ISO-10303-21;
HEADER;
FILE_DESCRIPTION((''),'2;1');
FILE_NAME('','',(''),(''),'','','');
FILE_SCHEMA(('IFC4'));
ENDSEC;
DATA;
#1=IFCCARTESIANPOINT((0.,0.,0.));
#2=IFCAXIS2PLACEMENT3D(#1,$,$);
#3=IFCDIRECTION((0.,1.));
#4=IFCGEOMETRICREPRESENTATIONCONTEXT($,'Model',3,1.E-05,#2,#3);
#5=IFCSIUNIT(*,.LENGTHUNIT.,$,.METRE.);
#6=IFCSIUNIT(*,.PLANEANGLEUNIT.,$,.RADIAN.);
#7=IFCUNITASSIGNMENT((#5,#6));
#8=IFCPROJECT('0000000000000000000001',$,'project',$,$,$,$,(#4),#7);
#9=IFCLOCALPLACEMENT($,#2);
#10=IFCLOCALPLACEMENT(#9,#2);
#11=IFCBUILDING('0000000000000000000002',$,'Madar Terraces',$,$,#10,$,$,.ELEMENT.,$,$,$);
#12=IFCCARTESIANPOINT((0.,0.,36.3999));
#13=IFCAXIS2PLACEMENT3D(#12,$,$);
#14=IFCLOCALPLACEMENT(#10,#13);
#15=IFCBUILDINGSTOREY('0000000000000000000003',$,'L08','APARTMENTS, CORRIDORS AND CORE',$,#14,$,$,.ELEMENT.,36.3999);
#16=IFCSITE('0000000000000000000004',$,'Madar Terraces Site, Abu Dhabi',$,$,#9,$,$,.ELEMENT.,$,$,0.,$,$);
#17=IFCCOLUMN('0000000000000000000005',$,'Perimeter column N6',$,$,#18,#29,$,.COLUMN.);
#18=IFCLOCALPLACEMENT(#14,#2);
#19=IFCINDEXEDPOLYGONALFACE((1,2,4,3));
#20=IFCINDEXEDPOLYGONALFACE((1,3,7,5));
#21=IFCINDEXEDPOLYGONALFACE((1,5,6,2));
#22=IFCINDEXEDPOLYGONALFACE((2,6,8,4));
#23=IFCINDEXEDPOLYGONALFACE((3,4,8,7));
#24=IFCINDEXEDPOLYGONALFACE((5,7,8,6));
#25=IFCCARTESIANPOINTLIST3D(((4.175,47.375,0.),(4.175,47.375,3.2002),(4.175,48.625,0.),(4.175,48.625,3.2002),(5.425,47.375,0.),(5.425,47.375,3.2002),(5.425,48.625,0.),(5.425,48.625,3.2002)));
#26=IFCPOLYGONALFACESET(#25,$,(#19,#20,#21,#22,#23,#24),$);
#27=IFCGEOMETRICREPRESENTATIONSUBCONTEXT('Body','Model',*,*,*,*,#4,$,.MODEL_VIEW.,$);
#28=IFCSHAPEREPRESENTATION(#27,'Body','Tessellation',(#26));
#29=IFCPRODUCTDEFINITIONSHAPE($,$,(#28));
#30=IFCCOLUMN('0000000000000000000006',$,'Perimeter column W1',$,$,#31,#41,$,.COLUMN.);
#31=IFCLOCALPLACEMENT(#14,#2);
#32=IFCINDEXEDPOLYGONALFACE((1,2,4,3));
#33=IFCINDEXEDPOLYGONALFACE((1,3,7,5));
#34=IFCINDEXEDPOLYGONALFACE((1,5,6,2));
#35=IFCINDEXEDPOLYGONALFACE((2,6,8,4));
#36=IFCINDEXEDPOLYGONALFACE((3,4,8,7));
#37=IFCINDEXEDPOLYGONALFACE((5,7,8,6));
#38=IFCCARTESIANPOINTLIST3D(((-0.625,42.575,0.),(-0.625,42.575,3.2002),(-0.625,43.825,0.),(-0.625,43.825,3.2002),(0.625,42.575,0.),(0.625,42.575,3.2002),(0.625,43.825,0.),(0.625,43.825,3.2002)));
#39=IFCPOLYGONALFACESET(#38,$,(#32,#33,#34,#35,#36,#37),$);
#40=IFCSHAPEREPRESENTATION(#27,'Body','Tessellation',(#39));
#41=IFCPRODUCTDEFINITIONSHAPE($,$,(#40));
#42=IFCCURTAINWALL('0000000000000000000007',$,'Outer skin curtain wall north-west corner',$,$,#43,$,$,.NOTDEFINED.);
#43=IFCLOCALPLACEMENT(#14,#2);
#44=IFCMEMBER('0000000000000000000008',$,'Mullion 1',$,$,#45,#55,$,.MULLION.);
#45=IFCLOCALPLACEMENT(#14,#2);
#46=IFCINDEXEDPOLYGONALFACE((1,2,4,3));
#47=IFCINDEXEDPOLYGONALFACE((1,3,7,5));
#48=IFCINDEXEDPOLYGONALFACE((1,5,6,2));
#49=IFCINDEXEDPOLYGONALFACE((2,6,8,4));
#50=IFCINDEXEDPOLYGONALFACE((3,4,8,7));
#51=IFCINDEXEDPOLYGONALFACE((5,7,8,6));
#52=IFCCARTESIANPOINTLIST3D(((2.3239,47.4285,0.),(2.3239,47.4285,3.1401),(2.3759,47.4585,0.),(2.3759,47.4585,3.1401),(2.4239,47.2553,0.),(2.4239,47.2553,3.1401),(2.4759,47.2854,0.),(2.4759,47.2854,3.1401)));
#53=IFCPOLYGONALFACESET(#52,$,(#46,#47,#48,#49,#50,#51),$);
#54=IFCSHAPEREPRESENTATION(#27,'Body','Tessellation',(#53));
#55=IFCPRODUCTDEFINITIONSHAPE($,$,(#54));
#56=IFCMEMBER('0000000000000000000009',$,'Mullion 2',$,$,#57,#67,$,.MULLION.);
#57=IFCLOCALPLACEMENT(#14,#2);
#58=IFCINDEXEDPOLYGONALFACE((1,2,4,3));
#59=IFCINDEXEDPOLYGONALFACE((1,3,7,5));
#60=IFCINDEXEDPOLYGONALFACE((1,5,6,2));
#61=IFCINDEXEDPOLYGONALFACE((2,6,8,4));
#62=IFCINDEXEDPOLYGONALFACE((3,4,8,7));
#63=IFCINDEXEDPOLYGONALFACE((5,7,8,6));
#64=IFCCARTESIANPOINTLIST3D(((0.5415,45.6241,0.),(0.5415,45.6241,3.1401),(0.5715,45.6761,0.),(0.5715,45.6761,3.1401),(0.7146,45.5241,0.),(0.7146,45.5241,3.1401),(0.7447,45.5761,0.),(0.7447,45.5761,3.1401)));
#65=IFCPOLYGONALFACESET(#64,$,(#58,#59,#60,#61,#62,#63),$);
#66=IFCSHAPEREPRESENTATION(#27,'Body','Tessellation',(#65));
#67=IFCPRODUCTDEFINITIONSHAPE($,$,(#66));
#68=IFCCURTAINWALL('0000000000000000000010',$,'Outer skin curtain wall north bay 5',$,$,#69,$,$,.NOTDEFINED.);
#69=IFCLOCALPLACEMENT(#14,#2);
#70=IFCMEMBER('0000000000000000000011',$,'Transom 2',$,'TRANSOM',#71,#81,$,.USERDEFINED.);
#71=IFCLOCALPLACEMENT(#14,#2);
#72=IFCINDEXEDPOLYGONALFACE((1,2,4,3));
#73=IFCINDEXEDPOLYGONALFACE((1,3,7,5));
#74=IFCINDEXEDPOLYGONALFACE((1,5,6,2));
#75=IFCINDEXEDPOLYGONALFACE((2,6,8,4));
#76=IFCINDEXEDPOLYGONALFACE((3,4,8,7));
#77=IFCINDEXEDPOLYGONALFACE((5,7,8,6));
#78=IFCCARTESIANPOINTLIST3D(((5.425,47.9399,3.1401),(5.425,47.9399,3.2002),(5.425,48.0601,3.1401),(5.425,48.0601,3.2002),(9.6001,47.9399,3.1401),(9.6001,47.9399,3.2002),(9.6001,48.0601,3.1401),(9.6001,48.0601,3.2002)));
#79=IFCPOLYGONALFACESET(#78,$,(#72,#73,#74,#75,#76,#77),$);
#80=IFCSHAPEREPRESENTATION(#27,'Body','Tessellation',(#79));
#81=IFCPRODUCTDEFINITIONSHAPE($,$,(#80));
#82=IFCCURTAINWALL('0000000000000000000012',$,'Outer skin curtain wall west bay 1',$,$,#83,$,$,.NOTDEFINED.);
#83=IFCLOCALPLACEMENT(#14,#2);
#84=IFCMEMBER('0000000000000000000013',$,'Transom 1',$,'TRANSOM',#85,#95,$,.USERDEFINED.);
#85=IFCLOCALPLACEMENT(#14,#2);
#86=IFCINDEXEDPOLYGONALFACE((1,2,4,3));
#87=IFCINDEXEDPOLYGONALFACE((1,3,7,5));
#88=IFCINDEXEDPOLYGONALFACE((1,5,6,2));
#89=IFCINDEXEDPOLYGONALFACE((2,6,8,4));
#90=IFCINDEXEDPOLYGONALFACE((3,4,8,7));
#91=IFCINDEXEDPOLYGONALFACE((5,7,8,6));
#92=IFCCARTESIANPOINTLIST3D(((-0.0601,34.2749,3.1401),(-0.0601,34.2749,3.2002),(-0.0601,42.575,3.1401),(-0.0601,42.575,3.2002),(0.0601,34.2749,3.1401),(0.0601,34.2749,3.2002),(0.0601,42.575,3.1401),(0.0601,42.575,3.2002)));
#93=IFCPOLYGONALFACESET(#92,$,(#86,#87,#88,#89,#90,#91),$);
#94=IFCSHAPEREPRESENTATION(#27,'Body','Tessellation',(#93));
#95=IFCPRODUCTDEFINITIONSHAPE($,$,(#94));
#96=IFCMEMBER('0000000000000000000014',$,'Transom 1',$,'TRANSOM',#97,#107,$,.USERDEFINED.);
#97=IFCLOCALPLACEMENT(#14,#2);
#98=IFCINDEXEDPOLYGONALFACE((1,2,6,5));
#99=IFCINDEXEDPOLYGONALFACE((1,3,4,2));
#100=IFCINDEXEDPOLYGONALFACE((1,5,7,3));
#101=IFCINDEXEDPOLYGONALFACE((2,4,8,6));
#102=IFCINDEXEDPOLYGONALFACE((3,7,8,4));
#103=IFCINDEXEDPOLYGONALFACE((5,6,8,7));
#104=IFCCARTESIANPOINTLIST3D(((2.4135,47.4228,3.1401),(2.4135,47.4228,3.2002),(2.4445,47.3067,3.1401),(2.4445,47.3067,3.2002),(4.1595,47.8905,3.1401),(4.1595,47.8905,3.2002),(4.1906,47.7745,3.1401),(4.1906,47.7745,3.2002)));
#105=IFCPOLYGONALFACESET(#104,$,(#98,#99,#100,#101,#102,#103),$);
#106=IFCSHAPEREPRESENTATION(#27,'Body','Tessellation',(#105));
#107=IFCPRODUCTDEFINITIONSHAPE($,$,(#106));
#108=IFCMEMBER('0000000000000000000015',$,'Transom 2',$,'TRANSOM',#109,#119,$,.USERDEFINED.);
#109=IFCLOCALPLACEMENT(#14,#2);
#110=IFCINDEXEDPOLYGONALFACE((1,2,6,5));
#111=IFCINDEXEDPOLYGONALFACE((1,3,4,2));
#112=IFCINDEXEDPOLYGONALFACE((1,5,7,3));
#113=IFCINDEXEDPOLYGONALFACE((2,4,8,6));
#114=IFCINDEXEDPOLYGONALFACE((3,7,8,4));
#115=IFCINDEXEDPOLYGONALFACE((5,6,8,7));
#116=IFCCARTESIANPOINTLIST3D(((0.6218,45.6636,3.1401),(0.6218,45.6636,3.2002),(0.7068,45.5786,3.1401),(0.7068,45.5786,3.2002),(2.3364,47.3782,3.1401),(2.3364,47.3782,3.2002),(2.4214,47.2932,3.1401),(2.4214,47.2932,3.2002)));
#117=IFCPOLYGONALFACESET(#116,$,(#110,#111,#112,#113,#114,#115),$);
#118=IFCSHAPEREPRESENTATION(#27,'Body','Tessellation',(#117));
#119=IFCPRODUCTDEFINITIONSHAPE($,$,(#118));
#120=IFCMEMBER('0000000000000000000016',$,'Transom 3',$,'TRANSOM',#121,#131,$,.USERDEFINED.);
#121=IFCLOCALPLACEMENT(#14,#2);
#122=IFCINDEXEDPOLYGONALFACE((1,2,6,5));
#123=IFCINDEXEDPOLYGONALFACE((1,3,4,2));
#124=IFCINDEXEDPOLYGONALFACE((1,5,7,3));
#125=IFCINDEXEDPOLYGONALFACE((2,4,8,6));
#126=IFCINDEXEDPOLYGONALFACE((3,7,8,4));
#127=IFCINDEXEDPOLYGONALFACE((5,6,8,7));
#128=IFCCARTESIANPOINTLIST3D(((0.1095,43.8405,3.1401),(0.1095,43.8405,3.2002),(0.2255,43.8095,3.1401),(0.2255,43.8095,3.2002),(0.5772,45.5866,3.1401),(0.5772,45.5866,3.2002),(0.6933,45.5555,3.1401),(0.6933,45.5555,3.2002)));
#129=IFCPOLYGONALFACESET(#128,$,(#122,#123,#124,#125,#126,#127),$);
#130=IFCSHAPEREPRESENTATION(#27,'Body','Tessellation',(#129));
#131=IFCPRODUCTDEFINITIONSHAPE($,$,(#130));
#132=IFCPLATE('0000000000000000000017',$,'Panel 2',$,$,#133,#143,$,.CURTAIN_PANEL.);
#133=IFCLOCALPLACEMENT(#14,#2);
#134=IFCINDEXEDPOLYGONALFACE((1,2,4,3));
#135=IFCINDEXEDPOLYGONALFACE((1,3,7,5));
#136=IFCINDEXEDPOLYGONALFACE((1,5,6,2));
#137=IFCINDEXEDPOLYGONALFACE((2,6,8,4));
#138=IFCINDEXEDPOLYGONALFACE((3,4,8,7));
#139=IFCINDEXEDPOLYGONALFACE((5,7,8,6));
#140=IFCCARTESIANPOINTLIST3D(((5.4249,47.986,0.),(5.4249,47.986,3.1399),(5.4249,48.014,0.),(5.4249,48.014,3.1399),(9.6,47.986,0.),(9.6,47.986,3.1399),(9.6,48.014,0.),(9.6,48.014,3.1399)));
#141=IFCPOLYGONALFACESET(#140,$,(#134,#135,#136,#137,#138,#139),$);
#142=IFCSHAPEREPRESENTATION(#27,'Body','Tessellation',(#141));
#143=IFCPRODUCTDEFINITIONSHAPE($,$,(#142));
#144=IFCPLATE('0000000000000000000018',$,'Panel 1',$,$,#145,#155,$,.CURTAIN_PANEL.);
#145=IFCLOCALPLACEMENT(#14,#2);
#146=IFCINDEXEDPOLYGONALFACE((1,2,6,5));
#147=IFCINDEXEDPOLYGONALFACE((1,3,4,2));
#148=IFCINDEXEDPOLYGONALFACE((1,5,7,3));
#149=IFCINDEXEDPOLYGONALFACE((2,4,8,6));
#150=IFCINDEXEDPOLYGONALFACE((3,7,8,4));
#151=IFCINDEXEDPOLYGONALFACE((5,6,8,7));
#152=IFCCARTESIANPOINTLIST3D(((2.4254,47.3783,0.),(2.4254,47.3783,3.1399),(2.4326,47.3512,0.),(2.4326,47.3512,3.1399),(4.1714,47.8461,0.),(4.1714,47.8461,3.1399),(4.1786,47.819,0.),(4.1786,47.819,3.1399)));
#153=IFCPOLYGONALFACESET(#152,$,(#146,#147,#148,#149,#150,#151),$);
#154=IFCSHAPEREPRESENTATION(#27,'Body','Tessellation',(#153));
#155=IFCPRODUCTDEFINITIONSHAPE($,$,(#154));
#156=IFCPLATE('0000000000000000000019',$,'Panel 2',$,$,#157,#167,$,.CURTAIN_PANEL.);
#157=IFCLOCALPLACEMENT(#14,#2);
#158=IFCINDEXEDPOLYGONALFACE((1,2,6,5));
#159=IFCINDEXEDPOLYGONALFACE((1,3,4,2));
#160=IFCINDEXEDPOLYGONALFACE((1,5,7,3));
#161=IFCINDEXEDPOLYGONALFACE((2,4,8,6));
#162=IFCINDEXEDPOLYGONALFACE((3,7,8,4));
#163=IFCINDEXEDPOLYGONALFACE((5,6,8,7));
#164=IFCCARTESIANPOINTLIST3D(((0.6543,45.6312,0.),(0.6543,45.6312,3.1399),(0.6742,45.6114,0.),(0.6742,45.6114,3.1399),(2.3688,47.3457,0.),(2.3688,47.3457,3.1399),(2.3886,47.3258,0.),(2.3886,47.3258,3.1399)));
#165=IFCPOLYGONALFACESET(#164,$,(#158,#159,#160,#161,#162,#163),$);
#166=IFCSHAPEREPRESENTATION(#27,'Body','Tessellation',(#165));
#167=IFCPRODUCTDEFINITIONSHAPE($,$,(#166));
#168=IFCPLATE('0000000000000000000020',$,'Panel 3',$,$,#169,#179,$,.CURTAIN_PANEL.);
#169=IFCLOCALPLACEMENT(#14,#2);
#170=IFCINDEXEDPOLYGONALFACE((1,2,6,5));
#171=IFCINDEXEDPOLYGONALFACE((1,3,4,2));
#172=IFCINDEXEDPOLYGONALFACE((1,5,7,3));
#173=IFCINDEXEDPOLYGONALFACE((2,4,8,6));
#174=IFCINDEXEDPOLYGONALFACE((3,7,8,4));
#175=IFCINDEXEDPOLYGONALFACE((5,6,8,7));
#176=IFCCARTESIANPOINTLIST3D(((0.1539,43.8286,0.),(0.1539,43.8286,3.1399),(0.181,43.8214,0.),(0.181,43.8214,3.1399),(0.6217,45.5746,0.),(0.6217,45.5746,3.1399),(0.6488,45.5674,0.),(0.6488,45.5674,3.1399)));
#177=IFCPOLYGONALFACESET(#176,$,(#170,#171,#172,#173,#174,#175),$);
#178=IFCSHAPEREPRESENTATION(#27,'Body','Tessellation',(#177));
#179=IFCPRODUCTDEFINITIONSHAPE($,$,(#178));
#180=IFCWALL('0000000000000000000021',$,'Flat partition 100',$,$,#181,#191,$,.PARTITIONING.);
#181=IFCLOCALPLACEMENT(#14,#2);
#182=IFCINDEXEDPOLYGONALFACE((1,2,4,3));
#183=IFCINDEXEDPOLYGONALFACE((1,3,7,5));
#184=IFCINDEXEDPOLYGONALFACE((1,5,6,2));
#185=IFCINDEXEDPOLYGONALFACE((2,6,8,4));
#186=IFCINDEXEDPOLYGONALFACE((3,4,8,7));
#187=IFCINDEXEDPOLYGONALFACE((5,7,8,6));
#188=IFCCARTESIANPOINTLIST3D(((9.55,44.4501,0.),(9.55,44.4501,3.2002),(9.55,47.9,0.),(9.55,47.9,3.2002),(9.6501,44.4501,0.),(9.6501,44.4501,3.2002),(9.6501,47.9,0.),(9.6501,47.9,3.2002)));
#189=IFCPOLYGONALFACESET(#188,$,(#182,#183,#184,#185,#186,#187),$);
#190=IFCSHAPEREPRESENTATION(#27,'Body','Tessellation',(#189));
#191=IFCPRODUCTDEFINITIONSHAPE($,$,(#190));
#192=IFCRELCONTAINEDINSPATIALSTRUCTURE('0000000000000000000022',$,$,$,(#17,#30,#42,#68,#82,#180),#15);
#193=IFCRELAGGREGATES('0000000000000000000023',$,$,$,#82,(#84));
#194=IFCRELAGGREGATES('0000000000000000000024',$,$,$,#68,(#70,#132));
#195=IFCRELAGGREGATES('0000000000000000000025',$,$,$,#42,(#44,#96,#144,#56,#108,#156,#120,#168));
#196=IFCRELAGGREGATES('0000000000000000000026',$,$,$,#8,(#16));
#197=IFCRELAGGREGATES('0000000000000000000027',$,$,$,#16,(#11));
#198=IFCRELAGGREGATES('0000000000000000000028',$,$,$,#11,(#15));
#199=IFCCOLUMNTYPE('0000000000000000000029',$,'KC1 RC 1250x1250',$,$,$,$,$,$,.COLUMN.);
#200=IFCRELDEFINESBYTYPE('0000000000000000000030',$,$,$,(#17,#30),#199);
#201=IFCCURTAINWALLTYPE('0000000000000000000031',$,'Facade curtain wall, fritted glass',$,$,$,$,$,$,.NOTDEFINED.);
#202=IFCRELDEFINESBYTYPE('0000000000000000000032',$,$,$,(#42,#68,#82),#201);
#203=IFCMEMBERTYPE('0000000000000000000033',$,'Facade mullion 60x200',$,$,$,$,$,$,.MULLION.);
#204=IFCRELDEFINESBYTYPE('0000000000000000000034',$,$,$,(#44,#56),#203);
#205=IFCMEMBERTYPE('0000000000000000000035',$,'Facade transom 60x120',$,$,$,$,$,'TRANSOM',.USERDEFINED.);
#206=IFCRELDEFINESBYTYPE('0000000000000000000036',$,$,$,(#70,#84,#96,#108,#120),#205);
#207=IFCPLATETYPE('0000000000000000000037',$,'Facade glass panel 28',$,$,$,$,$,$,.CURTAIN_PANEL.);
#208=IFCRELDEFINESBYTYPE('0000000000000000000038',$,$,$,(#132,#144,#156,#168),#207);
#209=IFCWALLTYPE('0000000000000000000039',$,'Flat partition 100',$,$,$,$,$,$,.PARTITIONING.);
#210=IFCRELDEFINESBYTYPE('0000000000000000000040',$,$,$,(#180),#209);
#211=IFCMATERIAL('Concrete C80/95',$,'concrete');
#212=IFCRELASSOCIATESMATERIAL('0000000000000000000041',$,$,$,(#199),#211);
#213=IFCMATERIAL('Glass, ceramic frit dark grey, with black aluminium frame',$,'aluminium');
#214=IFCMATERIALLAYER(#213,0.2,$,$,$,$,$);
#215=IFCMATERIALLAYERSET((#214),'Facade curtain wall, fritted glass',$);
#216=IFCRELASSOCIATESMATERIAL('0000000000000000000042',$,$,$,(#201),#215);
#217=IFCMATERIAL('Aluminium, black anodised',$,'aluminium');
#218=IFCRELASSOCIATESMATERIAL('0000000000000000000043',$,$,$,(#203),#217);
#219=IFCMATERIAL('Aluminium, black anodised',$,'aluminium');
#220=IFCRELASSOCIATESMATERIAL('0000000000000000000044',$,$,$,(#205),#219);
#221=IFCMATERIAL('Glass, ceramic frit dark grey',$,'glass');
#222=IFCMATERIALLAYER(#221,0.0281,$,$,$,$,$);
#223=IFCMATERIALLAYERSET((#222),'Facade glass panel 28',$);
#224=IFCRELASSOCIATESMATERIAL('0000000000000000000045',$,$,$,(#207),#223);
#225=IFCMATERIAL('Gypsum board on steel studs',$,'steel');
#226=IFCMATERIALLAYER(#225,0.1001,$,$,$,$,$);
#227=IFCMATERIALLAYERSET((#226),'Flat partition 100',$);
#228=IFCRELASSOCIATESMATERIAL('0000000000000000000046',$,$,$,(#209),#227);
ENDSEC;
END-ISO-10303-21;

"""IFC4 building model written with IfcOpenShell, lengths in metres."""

from ifc_helpers import new_model, si_unit, direction, frame, frame_2d, origin, origin_2d, place, context, subcontext, project, spatial, rectangle, extrude, material, layer, layer_set, material_profile, profile_set, type_object, element, aggregate, save


model = new_model("IFC4")

# Units and contexts
model_context = context("Model", 3, precision=1e-05, world=origin(), true_north=direction((0.0, 1.0)))
body_context = subcontext(model_context, "Body", "Model", "MODEL_VIEW")
ifc_project = project(units=[si_unit("LENGTHUNIT", "METRE"), si_unit("PLANEANGLEUNIT", "RADIAN")], contexts=[model_context])

# Site, building, storey
site_placement = place(None, origin())
site = spatial("IfcSite", under=ifc_project, at=site_placement, Name="Madar Terraces Site, Abu Dhabi", CompositionType="ELEMENT", RefElevation=0.0)
building_placement = place(site_placement, origin())
building = spatial("IfcBuilding", under=site, at=building_placement, Name="Madar Terraces", CompositionType="ELEMENT")
storey_placement = place(building_placement, frame((0.0, 0.0, 36.3999)))
storey = spatial("IfcBuildingStorey", under=building, at=storey_placement, Name="L08", Description="APARTMENTS, CORRIDORS AND CORE", CompositionType="ELEMENT", Elevation=36.3999)

# Columns
ifc_material_1 = material(Name="Concrete C80/95", Category="concrete")
ifc_material_profile_1 = material_profile(ifc_material_1, rectangle(XDim=1.25, YDim=1.25, at=origin_2d()), Name="KC1 RC 1250x1250")
ifc_profile_set_1 = profile_set([ifc_material_profile_1], Name="Concrete C80/95")
column_type = type_object("IfcColumnType", Name="KC1 RC 1250x1250", PredefinedType="COLUMN", material=ifc_profile_set_1)
for number, where, z_axis, x_axis, name in (
    (1, (4.8, 48.0, 0.0), (0.0, 0.0, 1.0), (1.0, 0.0, 0.0), "Perimeter column N6"),
    (2, (0.0, 43.2, 0.0), (0.0, 0.0, 1.0), (1.0, 0.0, 0.0), "Perimeter column W1"),
):
    element("IfcColumn", number, at=place(storey_placement, frame(where, z_axis=z_axis, x_axis=x_axis)), inside=storey, type_object=column_type, Name=name, PredefinedType="COLUMN", context=body_context, shape_type="SweptSolid", body=[
        extrude(rectangle(XDim=1.25, YDim=1.25, at=origin_2d()), origin(), (0.0, 0.0, 1.0), 3.2002),
    ])

# Curtain wall, members
ifc_material_2 = material(Name="Glass, ceramic frit dark grey, with black aluminium frame", Category="aluminium")
ifc_layer_1 = layer(ifc_material_2, 0.2)
ifc_layer_set_1 = layer_set([ifc_layer_1], Name="Facade curtain wall, fritted glass")
curtain_wall_type = type_object("IfcCurtainWallType", Name="Facade curtain wall, fritted glass", PredefinedType="NOTDEFINED", material=ifc_layer_set_1)
curtain_wall_1_placement = place(storey_placement, origin())
curtain_wall_1 = element("IfcCurtainWall", 3, at=curtain_wall_1_placement, inside=storey, type_object=curtain_wall_type, Name="Outer skin curtain wall north-west corner", PredefinedType="NOTDEFINED")
ifc_material_3 = material(Name="Aluminium, black anodised", Category="aluminium")
ifc_material_profile_2 = material_profile(ifc_material_3, rectangle(XDim=0.2, YDim=0.0601, at=origin_2d()), Name="Facade mullion 60x200")
ifc_profile_set_2 = profile_set([ifc_material_profile_2], Name="Aluminium, black anodised")
member_type_1 = type_object("IfcMemberType", Name="Facade mullion 60x200", PredefinedType="MULLION", material=ifc_profile_set_2)
member_1_placement = place(storey_placement, frame((2.3999, 47.3569, 0.0), z_axis=(0.0, 0.0, 1.0), x_axis=(0.5, -0.866025, 0.0)))
member_1 = element("IfcMember", 4, at=member_1_placement, type_object=member_type_1, Name="Mullion 1", PredefinedType="MULLION", context=body_context, shape_type="SweptSolid", body=[
    extrude(rectangle(XDim=0.2, YDim=0.0601, at=origin_2d()), origin(), (0.0, 0.0, 1.0), 3.1401),
])
member_2_placement = place(storey_placement, frame((0.6431, 45.6001, 0.0), z_axis=(0.0, 0.0, 1.0), x_axis=(0.866025, -0.5, 0.0)))
member_2 = element("IfcMember", 5, at=member_2_placement, type_object=member_type_1, Name="Mullion 2", PredefinedType="MULLION", context=body_context, shape_type="SweptSolid", body=[
    extrude(rectangle(XDim=0.2, YDim=0.0601, at=origin_2d()), origin(), (0.0, 0.0, 1.0), 3.1401),
])

# Curtain walls, members
curtain_wall_2_placement = place(storey_placement, origin())
curtain_wall_2 = element("IfcCurtainWall", 6, at=curtain_wall_2_placement, inside=storey, type_object=curtain_wall_type, Name="Outer skin curtain wall north bay 5", PredefinedType="NOTDEFINED")
ifc_material_4 = material(Name="Aluminium, black anodised", Category="aluminium")
ifc_material_profile_3 = material_profile(ifc_material_4, rectangle(XDim=0.1201, YDim=0.0601, at=origin_2d()), Name="Facade transom 60x120")
ifc_profile_set_3 = profile_set([ifc_material_profile_3], Name="Aluminium, black anodised")
member_type_2 = type_object("IfcMemberType", Name="Facade transom 60x120", ElementType="TRANSOM", PredefinedType="USERDEFINED", material=ifc_profile_set_3)
member_3_placement = place(storey_placement, frame((9.6001, 48.0, 3.1702), z_axis=(-1.0, 0.0, 0.0), x_axis=(0.0, -1.0, 0.0)))
member_3 = element("IfcMember", 7, at=member_3_placement, type_object=member_type_2, Name="Transom 2", ObjectType="TRANSOM", PredefinedType="USERDEFINED", context=body_context, shape_type="SweptSolid", body=[
    extrude(rectangle(XDim=0.1201, YDim=0.0601, at=origin_2d()), origin(), (0.0, 0.0, 1.0), 4.175),
])
curtain_wall_3_placement = place(storey_placement, origin())
curtain_wall_3 = element("IfcCurtainWall", 8, at=curtain_wall_3_placement, inside=storey, type_object=curtain_wall_type, Name="Outer skin curtain wall west bay 1", PredefinedType="NOTDEFINED")
member_4_placement = place(storey_placement, frame((0.0, 42.575, 3.1702), z_axis=(0.0, -1.0, 0.0), x_axis=(1.0, 0.0, 0.0)))
member_4 = element("IfcMember", 9, at=member_4_placement, type_object=member_type_2, Name="Transom 1", ObjectType="TRANSOM", PredefinedType="USERDEFINED", context=body_context, shape_type="SweptSolid", body=[
    extrude(rectangle(XDim=0.1201, YDim=0.0601, at=origin_2d()), origin(), (0.0, 0.0, 1.0), 8.3),
])
aggregate(curtain_wall_3, [member_4])

# Members
member_5_placement = place(storey_placement, frame((4.175, 47.8325, 3.1702), z_axis=(-0.965938, -0.258772, 0.0), x_axis=(0.258772, -0.965938, 0.0)))
member_5 = element("IfcMember", 10, at=member_5_placement, type_object=member_type_2, Name="Transom 1", ObjectType="TRANSOM", PredefinedType="USERDEFINED", context=body_context, shape_type="SweptSolid", body=[
    extrude(rectangle(XDim=0.1201, YDim=0.0601, at=origin_2d()), origin(), (0.0, 0.0, 1.0), 1.8076),
])
member_6_placement = place(storey_placement, frame((2.3789, 47.3357, 3.1702), z_axis=(-0.707107, -0.707107, 0.0), x_axis=(0.707107, -0.707107, 0.0)))
member_6 = element("IfcMember", 11, at=member_6_placement, type_object=member_type_2, Name="Transom 2", ObjectType="TRANSOM", PredefinedType="USERDEFINED", context=body_context, shape_type="SweptSolid", body=[
    extrude(rectangle(XDim=0.1201, YDim=0.0601, at=origin_2d()), origin(), (0.0, 0.0, 1.0), 2.4248),
])
member_7_placement = place(storey_placement, frame((0.6353, 45.571, 3.1702), z_axis=(-0.258772, -0.965938, 0.0), x_axis=(0.965938, -0.258772, 0.0)))
member_7 = element("IfcMember", 12, at=member_7_placement, type_object=member_type_2, Name="Transom 3", ObjectType="TRANSOM", PredefinedType="USERDEFINED", context=body_context, shape_type="SweptSolid", body=[
    extrude(rectangle(XDim=0.1201, YDim=0.0601, at=origin_2d()), origin(), (0.0, 0.0, 1.0), 1.8076),
])

# Plates
ifc_material_5 = material(Name="Glass, ceramic frit dark grey", Category="glass")
ifc_layer_2 = layer(ifc_material_5, 0.0281)
ifc_layer_set_2 = layer_set([ifc_layer_2], Name="Facade glass panel 28")
plate_type = type_object("IfcPlateType", Name="Facade glass panel 28", PredefinedType="CURTAIN_PANEL", material=ifc_layer_set_2)
plate_1_placement = place(storey_placement, frame((7.5125, 48.0, 0.0), z_axis=(0.0, 0.0, 1.0), x_axis=(-1.0, 0.0, 0.0)))
plate_1 = element("IfcPlate", 13, at=plate_1_placement, type_object=plate_type, Name="Panel 2", PredefinedType="CURTAIN_PANEL", context=body_context, shape_type="SweptSolid", body=[
    extrude(rectangle(XDim=4.175, YDim=0.0281, at=origin_2d()), origin(), (0.0, 0.0, 1.0), 3.1399),
])
aggregate(curtain_wall_2, [member_3, plate_1])
plate_2_placement = place(storey_placement, frame((3.302, 47.5986, 0.0), z_axis=(0.0, 0.0, 1.0), x_axis=(-0.965926, -0.258819, 0.0)))
plate_2 = element("IfcPlate", 14, at=plate_2_placement, type_object=plate_type, Name="Panel 1", PredefinedType="CURTAIN_PANEL", context=body_context, shape_type="SweptSolid", body=[
    extrude(rectangle(XDim=1.8076, YDim=0.0281, at=origin_2d()), origin(), (0.0, 0.0, 1.0), 3.1399),
])
plate_3_placement = place(storey_placement, frame((1.5215, 46.4785, 0.0), z_axis=(0.0, 0.0, 1.0), x_axis=(-0.707107, -0.707107, 0.0)))
plate_3 = element("IfcPlate", 15, at=plate_3_placement, type_object=plate_type, Name="Panel 2", PredefinedType="CURTAIN_PANEL", context=body_context, shape_type="SweptSolid", body=[
    extrude(rectangle(XDim=2.4246, YDim=0.0281, at=origin_2d()), origin(), (0.0, 0.0, 1.0), 3.1399),
])
plate_4_placement = place(storey_placement, frame((0.4014, 44.698, 0.0), z_axis=(0.0, 0.0, 1.0), x_axis=(-0.258819, -0.965926, 0.0)))
plate_4 = element("IfcPlate", 16, at=plate_4_placement, type_object=plate_type, Name="Panel 3", PredefinedType="CURTAIN_PANEL", context=body_context, shape_type="SweptSolid", body=[
    extrude(rectangle(XDim=1.8076, YDim=0.0281, at=origin_2d()), origin(), (0.0, 0.0, 1.0), 3.1399),
])
aggregate(curtain_wall_1, [member_1, member_5, plate_2, member_2, member_6, plate_3, member_7, plate_4])

# Wall
ifc_material_6 = material(Name="Gypsum board on steel studs", Category="steel")
ifc_layer_3 = layer(ifc_material_6, 0.1001)
ifc_layer_set_3 = layer_set([ifc_layer_3], Name="Flat partition 100")
wall_type_1 = type_object("IfcWallType", Name="Flat partition 100", PredefinedType="PARTITIONING", material=ifc_layer_set_3)
wall_1_placement = place(storey_placement, frame((9.6001, 44.45, 0.0), z_axis=(0.0, 0.0, 1.0), x_axis=(0.0, 1.0, 0.0)))
element("IfcWall", 17, at=wall_1_placement, inside=storey, type_object=wall_type_1, Name="Flat partition 100", PredefinedType="PARTITIONING", context=body_context, shape_type="SweptSolid", body=[
    extrude(rectangle(XDim=3.45, YDim=0.1001, at=frame_2d((1.7251, 0.0))), origin(), (0.0, 0.0, 1.0), 3.2002),
])

save(model, "model.ifc")
